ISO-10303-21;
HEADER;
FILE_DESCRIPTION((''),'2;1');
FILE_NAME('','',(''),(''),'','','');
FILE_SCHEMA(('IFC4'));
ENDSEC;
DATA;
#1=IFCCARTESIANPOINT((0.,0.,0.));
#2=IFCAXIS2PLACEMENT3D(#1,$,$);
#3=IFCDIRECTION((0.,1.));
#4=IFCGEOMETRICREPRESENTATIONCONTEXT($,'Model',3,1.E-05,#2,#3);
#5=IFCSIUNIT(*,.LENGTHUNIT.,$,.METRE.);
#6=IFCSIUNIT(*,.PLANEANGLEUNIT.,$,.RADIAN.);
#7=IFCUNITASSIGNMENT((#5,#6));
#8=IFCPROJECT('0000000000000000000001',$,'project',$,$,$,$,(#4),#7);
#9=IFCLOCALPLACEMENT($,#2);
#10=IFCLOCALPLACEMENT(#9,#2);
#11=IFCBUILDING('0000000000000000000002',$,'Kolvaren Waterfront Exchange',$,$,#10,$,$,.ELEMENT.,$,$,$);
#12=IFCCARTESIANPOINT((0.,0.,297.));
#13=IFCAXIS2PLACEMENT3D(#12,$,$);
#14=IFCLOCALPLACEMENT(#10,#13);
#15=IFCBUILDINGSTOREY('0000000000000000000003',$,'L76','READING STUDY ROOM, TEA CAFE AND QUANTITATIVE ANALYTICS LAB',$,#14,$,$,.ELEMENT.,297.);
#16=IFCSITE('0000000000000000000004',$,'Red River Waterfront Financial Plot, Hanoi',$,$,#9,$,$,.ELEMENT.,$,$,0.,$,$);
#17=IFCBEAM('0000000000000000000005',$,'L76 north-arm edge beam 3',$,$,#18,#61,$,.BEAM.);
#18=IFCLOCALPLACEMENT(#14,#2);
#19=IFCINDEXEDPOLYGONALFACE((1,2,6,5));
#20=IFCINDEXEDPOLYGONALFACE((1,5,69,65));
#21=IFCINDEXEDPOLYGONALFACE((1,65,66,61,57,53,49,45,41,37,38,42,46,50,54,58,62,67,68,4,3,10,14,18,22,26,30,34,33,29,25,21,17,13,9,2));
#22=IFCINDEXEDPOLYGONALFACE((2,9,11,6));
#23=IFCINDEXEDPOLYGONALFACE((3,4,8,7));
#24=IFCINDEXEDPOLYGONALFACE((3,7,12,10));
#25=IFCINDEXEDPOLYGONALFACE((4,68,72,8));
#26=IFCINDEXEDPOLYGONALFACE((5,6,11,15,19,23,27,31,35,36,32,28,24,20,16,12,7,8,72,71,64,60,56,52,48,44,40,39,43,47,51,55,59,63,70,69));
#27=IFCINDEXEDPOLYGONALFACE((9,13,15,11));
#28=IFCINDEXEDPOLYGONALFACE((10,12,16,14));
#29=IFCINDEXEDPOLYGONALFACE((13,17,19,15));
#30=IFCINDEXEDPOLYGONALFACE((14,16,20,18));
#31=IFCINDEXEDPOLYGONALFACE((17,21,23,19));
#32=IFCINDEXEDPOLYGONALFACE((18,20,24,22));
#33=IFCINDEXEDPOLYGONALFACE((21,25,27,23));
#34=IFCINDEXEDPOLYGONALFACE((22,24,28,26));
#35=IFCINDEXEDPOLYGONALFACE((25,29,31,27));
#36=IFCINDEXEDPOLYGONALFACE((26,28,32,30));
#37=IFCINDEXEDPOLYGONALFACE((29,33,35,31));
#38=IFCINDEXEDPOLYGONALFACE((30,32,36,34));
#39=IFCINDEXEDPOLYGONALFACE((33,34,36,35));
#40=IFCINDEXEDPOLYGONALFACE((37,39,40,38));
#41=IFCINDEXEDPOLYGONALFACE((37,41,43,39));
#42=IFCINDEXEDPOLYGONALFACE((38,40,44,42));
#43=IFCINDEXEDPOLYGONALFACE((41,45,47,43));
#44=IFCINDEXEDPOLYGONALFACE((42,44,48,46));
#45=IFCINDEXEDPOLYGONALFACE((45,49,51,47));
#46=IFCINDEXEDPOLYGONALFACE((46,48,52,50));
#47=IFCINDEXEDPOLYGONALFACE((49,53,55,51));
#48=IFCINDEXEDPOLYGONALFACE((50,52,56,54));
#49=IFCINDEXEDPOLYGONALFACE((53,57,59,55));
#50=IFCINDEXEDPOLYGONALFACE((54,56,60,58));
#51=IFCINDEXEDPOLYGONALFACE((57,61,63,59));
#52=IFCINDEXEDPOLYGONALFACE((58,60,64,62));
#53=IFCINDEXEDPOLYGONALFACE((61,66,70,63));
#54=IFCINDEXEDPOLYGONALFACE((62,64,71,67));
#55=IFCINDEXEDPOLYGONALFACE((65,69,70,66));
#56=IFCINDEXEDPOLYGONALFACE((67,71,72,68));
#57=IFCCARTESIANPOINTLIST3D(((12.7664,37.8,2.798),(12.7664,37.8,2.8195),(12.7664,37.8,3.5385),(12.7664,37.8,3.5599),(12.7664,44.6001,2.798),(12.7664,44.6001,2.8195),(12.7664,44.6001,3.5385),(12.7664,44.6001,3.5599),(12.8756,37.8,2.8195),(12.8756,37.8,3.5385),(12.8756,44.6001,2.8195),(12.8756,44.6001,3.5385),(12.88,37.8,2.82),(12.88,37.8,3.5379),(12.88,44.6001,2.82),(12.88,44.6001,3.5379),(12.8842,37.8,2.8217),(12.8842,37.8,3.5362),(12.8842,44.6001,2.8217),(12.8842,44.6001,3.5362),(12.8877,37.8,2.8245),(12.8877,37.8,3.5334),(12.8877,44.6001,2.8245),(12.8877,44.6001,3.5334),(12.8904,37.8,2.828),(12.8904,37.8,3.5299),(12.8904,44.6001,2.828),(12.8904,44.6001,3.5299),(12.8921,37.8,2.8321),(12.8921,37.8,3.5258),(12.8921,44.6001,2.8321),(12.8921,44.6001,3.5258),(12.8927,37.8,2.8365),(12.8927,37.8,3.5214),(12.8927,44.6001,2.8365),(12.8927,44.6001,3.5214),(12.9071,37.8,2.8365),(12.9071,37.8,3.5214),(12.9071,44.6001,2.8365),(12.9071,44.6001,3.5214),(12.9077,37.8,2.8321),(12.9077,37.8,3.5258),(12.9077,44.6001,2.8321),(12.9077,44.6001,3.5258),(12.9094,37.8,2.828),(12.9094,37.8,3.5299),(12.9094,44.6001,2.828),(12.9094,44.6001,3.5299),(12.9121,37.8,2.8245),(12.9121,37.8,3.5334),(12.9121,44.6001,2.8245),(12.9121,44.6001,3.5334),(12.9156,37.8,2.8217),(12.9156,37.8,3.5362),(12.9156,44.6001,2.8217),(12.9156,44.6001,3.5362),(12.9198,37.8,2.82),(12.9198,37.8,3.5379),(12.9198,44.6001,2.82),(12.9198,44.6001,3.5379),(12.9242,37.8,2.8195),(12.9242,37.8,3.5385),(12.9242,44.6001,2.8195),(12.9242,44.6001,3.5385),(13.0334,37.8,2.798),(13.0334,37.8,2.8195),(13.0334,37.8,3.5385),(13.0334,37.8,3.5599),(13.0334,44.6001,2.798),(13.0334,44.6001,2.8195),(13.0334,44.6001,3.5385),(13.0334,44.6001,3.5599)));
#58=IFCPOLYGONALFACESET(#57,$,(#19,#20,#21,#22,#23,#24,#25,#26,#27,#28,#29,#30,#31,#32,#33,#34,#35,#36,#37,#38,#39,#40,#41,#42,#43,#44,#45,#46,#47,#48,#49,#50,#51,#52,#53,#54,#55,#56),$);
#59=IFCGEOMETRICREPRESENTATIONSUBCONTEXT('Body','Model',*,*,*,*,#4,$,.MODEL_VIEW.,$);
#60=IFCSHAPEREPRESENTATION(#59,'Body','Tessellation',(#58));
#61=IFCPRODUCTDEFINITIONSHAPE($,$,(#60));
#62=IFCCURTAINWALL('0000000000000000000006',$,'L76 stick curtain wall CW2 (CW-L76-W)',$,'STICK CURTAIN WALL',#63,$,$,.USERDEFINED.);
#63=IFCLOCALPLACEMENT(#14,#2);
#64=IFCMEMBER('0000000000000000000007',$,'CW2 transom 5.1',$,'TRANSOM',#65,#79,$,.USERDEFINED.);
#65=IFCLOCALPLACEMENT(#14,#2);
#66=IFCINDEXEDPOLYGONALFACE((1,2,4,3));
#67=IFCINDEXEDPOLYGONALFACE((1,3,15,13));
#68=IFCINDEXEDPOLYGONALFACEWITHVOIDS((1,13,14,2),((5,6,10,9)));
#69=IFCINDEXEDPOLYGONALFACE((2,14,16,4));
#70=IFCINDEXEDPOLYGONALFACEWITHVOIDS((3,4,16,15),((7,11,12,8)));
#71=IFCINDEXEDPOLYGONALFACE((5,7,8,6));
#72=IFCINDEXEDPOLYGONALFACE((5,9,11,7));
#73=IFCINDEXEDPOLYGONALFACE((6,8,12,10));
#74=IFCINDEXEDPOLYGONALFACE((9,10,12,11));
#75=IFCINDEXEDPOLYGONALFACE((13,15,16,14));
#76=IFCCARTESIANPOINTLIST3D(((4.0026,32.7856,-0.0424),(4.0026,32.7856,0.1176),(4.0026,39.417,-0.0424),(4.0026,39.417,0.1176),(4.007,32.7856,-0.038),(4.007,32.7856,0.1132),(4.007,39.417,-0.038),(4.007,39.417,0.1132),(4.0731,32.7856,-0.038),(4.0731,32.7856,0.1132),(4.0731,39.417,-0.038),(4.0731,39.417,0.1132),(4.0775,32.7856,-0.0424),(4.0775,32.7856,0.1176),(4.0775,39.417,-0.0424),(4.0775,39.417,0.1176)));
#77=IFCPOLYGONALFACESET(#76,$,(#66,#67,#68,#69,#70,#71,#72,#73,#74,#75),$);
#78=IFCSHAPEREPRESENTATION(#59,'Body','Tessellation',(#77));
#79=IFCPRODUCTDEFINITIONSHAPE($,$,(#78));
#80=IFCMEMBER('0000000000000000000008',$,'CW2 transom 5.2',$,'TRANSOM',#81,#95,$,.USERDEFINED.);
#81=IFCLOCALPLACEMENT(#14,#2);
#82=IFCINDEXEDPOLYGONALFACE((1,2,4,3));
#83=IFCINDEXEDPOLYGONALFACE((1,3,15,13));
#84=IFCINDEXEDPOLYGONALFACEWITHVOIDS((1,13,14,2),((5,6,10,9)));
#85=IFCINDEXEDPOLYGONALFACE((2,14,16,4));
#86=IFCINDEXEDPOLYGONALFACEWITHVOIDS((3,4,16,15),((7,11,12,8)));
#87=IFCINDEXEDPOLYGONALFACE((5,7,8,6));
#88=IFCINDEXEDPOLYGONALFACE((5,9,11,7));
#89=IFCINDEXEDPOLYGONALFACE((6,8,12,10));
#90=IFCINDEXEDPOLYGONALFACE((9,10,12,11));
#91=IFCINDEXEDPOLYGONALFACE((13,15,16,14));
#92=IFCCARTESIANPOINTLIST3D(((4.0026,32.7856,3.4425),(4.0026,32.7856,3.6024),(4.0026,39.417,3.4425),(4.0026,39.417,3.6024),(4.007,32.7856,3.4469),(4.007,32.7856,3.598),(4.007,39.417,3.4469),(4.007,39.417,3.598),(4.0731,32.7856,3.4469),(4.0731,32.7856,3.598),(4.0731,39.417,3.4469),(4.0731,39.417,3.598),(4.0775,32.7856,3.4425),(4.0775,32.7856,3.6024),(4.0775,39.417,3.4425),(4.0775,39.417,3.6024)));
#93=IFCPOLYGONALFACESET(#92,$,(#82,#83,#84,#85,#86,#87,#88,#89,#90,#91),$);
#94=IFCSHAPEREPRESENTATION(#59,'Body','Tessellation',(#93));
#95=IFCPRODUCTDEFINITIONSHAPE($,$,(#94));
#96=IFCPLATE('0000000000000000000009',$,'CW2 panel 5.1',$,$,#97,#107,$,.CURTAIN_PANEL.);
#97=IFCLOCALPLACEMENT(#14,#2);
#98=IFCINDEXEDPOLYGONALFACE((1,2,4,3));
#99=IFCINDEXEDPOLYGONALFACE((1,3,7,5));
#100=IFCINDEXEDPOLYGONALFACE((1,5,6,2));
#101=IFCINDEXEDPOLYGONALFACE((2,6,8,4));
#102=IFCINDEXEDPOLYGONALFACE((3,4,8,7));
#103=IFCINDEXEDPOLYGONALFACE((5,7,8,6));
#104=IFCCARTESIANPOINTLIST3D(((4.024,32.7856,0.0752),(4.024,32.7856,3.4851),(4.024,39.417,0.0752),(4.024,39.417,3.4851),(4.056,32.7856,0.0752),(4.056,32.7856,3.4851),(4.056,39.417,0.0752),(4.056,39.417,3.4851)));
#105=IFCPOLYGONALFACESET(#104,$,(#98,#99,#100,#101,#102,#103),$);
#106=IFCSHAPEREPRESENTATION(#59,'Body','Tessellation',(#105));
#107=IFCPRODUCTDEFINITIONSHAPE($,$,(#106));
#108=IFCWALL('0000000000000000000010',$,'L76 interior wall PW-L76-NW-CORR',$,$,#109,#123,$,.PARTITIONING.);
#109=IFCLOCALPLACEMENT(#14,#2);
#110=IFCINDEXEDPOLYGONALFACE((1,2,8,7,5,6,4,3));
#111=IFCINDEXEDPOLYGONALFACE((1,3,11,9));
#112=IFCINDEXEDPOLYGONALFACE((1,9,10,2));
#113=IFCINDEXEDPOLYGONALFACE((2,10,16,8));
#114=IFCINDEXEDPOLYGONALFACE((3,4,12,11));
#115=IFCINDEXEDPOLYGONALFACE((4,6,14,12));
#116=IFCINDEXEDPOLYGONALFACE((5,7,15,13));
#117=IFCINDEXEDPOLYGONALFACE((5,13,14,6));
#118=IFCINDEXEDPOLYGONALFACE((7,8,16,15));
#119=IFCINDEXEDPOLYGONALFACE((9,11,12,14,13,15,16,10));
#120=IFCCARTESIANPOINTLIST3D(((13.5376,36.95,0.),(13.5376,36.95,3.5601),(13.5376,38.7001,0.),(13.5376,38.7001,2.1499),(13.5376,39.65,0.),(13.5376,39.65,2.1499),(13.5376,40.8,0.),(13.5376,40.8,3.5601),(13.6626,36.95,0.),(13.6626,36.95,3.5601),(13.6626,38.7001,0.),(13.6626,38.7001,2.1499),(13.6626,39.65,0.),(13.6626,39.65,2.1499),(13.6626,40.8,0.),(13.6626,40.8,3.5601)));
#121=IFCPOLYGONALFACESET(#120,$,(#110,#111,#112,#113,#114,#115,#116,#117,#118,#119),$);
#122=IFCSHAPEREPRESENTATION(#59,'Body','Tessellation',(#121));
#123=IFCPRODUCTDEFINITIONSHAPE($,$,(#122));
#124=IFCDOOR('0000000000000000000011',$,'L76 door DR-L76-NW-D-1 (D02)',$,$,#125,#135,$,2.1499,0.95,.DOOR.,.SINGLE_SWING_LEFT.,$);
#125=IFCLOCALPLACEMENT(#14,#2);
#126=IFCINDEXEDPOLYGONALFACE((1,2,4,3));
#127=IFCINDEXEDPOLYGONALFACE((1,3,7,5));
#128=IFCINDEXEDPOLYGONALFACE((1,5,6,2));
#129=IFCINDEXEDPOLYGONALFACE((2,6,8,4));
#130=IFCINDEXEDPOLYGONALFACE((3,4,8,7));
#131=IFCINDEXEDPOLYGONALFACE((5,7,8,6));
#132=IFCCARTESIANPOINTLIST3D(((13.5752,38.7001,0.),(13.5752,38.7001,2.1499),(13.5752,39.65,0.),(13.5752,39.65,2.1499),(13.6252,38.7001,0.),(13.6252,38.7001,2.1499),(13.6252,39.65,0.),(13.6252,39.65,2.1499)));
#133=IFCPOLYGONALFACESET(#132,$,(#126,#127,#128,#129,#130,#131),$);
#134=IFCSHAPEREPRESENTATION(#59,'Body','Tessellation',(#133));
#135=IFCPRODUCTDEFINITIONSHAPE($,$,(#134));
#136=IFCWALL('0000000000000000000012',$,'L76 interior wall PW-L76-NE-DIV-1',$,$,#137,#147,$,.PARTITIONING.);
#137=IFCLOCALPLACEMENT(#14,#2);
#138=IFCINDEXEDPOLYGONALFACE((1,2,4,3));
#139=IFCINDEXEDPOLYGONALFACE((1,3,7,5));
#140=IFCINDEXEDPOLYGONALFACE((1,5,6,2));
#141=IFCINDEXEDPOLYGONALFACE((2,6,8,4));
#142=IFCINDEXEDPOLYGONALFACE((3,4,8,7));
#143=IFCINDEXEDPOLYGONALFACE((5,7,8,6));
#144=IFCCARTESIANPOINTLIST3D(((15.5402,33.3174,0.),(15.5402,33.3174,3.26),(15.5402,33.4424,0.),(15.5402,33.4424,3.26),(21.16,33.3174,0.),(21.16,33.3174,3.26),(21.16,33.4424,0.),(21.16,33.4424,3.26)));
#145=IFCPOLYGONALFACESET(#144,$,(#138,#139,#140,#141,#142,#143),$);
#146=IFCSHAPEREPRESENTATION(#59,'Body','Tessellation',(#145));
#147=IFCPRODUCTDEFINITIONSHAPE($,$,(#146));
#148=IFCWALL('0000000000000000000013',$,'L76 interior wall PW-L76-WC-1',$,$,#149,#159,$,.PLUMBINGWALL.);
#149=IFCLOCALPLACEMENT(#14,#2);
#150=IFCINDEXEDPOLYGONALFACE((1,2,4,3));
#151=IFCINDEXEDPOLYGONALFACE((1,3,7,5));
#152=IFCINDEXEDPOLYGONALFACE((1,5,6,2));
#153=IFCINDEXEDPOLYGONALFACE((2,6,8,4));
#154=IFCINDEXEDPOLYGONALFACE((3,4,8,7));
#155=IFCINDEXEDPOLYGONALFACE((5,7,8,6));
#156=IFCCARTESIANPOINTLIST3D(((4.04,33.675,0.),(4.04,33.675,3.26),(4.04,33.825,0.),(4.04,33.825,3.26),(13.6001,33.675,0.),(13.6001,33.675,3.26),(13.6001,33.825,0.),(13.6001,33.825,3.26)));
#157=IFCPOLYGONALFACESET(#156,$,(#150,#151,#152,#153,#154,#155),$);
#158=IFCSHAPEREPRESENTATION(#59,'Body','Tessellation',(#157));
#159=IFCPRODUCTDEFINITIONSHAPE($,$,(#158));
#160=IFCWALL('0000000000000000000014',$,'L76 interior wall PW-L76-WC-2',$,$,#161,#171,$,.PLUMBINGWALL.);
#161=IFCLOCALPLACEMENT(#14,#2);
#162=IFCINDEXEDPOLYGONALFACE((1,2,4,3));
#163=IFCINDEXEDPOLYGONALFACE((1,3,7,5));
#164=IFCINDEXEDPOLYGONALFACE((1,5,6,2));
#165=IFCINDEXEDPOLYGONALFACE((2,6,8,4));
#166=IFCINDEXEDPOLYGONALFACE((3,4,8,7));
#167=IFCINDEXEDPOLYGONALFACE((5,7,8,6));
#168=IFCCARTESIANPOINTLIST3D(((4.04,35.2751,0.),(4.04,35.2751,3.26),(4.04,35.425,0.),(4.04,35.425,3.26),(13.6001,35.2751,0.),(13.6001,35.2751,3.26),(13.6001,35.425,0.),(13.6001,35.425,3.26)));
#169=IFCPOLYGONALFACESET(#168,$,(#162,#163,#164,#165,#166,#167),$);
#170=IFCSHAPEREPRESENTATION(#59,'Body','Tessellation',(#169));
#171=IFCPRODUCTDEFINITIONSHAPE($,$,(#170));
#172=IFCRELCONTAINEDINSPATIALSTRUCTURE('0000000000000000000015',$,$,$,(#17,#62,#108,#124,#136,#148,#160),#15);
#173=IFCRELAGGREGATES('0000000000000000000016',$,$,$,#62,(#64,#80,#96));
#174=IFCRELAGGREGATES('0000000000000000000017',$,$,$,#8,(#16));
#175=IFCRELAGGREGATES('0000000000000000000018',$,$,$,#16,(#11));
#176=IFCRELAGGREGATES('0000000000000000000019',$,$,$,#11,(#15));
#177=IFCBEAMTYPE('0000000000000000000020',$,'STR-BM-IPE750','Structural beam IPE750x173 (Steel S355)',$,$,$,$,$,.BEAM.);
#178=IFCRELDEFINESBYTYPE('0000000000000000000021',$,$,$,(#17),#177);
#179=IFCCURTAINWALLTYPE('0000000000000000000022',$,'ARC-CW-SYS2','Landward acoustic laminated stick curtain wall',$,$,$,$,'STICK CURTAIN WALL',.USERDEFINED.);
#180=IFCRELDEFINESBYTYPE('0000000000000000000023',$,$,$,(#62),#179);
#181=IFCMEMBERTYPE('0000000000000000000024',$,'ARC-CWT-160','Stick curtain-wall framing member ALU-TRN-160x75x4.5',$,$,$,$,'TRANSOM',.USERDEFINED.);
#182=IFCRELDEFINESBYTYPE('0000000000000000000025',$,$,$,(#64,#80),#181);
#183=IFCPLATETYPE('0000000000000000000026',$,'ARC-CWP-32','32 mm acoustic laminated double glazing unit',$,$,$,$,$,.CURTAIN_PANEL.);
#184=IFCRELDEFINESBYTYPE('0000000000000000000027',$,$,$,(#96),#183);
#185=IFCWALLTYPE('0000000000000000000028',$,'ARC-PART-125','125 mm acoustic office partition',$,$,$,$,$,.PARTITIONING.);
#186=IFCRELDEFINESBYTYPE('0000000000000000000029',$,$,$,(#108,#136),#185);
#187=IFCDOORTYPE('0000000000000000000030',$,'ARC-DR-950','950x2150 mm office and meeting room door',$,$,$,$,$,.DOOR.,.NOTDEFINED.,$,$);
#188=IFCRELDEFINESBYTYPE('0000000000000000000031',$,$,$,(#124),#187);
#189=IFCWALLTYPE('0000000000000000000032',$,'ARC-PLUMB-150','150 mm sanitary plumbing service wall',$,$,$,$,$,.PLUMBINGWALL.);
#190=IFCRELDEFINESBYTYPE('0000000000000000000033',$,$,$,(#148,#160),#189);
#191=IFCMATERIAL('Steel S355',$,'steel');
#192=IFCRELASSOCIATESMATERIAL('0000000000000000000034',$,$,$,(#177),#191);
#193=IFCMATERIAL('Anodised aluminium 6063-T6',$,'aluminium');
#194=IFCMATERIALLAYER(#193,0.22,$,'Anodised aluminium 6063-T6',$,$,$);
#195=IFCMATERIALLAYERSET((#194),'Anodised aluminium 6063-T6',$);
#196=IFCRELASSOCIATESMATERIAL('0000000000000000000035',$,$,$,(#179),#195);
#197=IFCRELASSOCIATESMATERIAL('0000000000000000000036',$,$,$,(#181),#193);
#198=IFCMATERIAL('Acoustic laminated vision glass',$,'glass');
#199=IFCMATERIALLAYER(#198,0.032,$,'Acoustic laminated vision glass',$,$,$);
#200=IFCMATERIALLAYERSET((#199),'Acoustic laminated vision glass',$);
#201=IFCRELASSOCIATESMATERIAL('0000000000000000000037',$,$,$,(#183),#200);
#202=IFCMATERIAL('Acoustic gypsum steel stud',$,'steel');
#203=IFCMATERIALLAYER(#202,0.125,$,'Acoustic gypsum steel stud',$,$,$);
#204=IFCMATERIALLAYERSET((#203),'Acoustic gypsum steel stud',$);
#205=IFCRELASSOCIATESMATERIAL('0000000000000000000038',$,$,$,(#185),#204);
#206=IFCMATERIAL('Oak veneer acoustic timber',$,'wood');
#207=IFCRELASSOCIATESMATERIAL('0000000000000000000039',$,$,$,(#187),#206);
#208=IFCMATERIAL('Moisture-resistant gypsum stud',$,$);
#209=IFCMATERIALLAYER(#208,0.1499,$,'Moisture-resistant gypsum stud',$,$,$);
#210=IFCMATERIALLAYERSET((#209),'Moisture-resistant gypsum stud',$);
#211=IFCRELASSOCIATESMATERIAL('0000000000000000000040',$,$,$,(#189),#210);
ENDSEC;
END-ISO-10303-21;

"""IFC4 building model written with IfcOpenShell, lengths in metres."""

from ifc_helpers import new_model, si_unit, direction, frame, frame_2d, origin, origin_with_axes, origin_2d, place, context, subcontext, project, spatial, rectangle, hollow_rectangle, i_section, extrude, source, transform, mapped, material, layer, layer_set, material_profile, profile_set, type_object, element, fill, aggregate, save


model = new_model("IFC4")

# Units and contexts
model_context = context("Model", 3, precision=1e-05, world=origin(), true_north=direction((0.0, 1.0)))
body_context = subcontext(model_context, "Body", "Model", "MODEL_VIEW")
ifc_project = project(units=[si_unit("LENGTHUNIT", "METRE"), si_unit("PLANEANGLEUNIT", "RADIAN")], contexts=[model_context])

# Site, building, storey
site_placement = place(None, origin())
site = spatial("IfcSite", under=ifc_project, at=site_placement, Name="Red River Waterfront Financial Plot, Hanoi", CompositionType="ELEMENT", RefElevation=0.0)
building_placement = place(site_placement, origin())
building = spatial("IfcBuilding", under=site, at=building_placement, Name="Kolvaren Waterfront Exchange", CompositionType="ELEMENT")
storey_placement = place(building_placement, frame((0.0, 0.0, 297.0)))
storey = spatial("IfcBuildingStorey", under=building, at=storey_placement, Name="L76", Description="READING STUDY ROOM, TEA CAFE AND QUANTITATIVE ANALYTICS LAB", CompositionType="ELEMENT", Elevation=297.0)

# Beam
ifc_material_1 = material(Name="Steel S355", Category="steel")
ifc_material_profile_1 = material_profile(ifc_material_1, i_section(OverallWidth=0.2671, OverallDepth=0.762, WebThickness=0.0144, FlangeThickness=0.0215, FilletRadius=0.0171, at=origin_2d()), Name="IPE750x173")
ifc_profile_set_1 = profile_set([ifc_material_profile_1], Name="Steel S355")
beam_type_1 = type_object("IfcBeamType", Name="STR-BM-IPE750", Description="Structural beam IPE750x173 (Steel S355)", PredefinedType="BEAM", material=ifc_profile_set_1)
beam_1_placement = place(storey_placement, frame((12.8999, 37.8, 3.179), z_axis=(0.0, 1.0, 0.0), x_axis=(-1.0, 0.0, 0.0)))
element("IfcBeam", 1, at=beam_1_placement, inside=storey, type_object=beam_type_1, Name="L76 north-arm edge beam 3", PredefinedType="BEAM", context=body_context, shape_type="SweptSolid", body=[
    extrude(i_section(OverallWidth=0.2671, OverallDepth=0.762, WebThickness=0.0144, FlangeThickness=0.0215, FilletRadius=0.0171, at=origin_2d()), origin(), (0.0, 0.0, 1.0), 6.8),
])

# Curtain wall, members, plate
ifc_material_2 = material(Name="Anodised aluminium 6063-T6", Category="aluminium")
ifc_layer_1 = layer(ifc_material_2, 0.22, Name="Anodised aluminium 6063-T6")
ifc_layer_set_1 = layer_set([ifc_layer_1], Name="Anodised aluminium 6063-T6")
curtain_wall_type = type_object("IfcCurtainWallType", Name="ARC-CW-SYS2", Description="Landward acoustic laminated stick curtain wall", ElementType="STICK CURTAIN WALL", PredefinedType="USERDEFINED", material=ifc_layer_set_1)
curtain_wall_placement = place(storey_placement, origin())
curtain_wall = element("IfcCurtainWall", 2, at=curtain_wall_placement, inside=storey, type_object=curtain_wall_type, Name="L76 stick curtain wall CW2 (CW-L76-W)", ObjectType="STICK CURTAIN WALL", PredefinedType="USERDEFINED")
ifc_material_profile_2 = material_profile(ifc_material_2, hollow_rectangle(XDim=0.075, YDim=0.1599, WallThickness=0.0044, at=origin_2d()), Name="ALU-TRN-160x75x4.5")
ifc_profile_set_2 = profile_set([ifc_material_profile_2], Name="Anodised aluminium 6063-T6")
member_type = type_object("IfcMemberType", Name="ARC-CWT-160", Description="Stick curtain-wall framing member ALU-TRN-160x75x4.5", ElementType="TRANSOM", PredefinedType="USERDEFINED", material=ifc_profile_set_2)
shared_shape_1 = source(origin_with_axes(), body_context, "Body", "SweptSolid", [
    extrude(hollow_rectangle(XDim=0.075, YDim=0.1599, WallThickness=0.0044, at=origin_2d()), origin(), (0.0, 0.0, 1.0), 6.6313),
])
member_1_placement = place(storey_placement, frame((4.04, 32.7856, 0.0376), z_axis=(0.0, 1.0, 0.0), x_axis=(-1.0, 0.0, 0.0)))
member_1 = element("IfcMember", 3, at=member_1_placement, type_object=member_type, Name="CW2 transom 5.1", ObjectType="TRANSOM", PredefinedType="USERDEFINED", context=body_context, shape_type="MappedRepresentation", body=[
    mapped(shared_shape_1, transform((0.0, 0.0, 0.0), x_axis=(1.0, 0.0, 0.0), y_axis=(0.0, 1.0, 0.0), z_axis=(0.0, 0.0, 1.0), scale=1.0)),
])
member_2_placement = place(storey_placement, frame((4.04, 32.7856, 3.5225), z_axis=(0.0, 1.0, 0.0), x_axis=(-1.0, 0.0, 0.0)))
member_2 = element("IfcMember", 4, at=member_2_placement, type_object=member_type, Name="CW2 transom 5.2", ObjectType="TRANSOM", PredefinedType="USERDEFINED", context=body_context, shape_type="MappedRepresentation", body=[
    mapped(shared_shape_1, transform((0.0, 0.0, 0.0), x_axis=(1.0, 0.0, 0.0), y_axis=(0.0, 1.0, 0.0), z_axis=(0.0, 0.0, 1.0), scale=1.0)),
])
ifc_material_3 = material(Name="Acoustic laminated vision glass", Category="glass")
ifc_layer_2 = layer(ifc_material_3, 0.032, Name="Acoustic laminated vision glass")
ifc_layer_set_2 = layer_set([ifc_layer_2], Name="Acoustic laminated vision glass")
plate_type = type_object("IfcPlateType", Name="ARC-CWP-32", Description="32 mm acoustic laminated double glazing unit", PredefinedType="CURTAIN_PANEL", material=ifc_layer_set_2)
shared_shape_2 = source(origin_with_axes(), body_context, "Body", "SweptSolid", [
    extrude(rectangle(XDim=6.6313, YDim=0.032, at=origin_2d()), origin(), (0.0, 0.0, 1.0), 3.4099),
])
plate_placement = place(storey_placement, frame((4.04, 36.1013, 0.0752), z_axis=(0.0, 0.0, 1.0), x_axis=(0.0, 1.0, 0.0)))
plate = element("IfcPlate", 5, at=plate_placement, type_object=plate_type, Name="CW2 panel 5.1", PredefinedType="CURTAIN_PANEL", context=body_context, shape_type="MappedRepresentation", body=[
    mapped(shared_shape_2, transform((0.0, 0.0, 0.0), x_axis=(1.0, 0.0, 0.0), y_axis=(0.0, 1.0, 0.0), z_axis=(0.0, 0.0, 1.0), scale=1.0)),
])
aggregate(curtain_wall, [member_1, member_2, plate])

# Wall, opening, door
ifc_material_4 = material(Name="Acoustic gypsum steel stud", Category="steel")
ifc_layer_3 = layer(ifc_material_4, 0.125, Name="Acoustic gypsum steel stud")
ifc_layer_set_3 = layer_set([ifc_layer_3], Name="Acoustic gypsum steel stud")
wall_type_1 = type_object("IfcWallType", Name="ARC-PART-125", Description="125 mm acoustic office partition", PredefinedType="PARTITIONING", material=ifc_layer_set_3)
wall_1_placement = place(storey_placement, frame((13.6001, 36.95, 0.0), z_axis=(0.0, 0.0, 1.0), x_axis=(0.0, 1.0, 0.0)))
wall_1 = element("IfcWall", 6, at=wall_1_placement, inside=storey, type_object=wall_type_1, Name="L76 interior wall PW-L76-NW-CORR", PredefinedType="PARTITIONING", context=body_context, shape_type="SweptSolid", body=[
    extrude(rectangle(XDim=3.8501, YDim=0.125, at=frame_2d((1.925, 0.0))), origin(), (0.0, 0.0, 1.0), 3.5601),
])
opening_placement = place(wall_1_placement, frame((1.75, 0.0, 0.0)))
opening = element("IfcOpeningElement", 7, at=opening_placement, cuts=wall_1, PredefinedType="OPENING", context=body_context, shape_type="SweptSolid", body=[
    extrude(rectangle(XDim=0.95, YDim=2.1499, at=frame_2d((0.4751, 1.075))), frame((0.0, 0.0725, 0.0), z_axis=(0.0, -1.0, 0.0), x_axis=(1.0, 0.0, 0.0)), (0.0, 0.0, 1.0), 0.145),
])
ifc_material_5 = material(Name="Oak veneer acoustic timber", Category="wood")
door_type = type_object("IfcDoorType", Name="ARC-DR-950", Description="950x2150 mm office and meeting room door", OperationType="NOTDEFINED", PredefinedType="DOOR", material=ifc_material_5)
door_placement = place(opening_placement, origin())
door = element("IfcDoor", 8, at=door_placement, inside=storey, type_object=door_type, Name="L76 door DR-L76-NW-D-1 (D02)", OperationType="SINGLE_SWING_LEFT", OverallHeight=2.1499, OverallWidth=0.95, PredefinedType="DOOR", context=body_context, shape_type="SweptSolid", body=[
    extrude(rectangle(XDim=0.95, YDim=2.1499, at=frame_2d((0.4751, 1.075))), frame((0.0, 0.0249, 0.0), z_axis=(0.0, -1.0, 0.0), x_axis=(1.0, 0.0, 0.0)), (0.0, 0.0, 1.0), 0.05),
])
fill(opening, door)

# Walls
wall_2_placement = place(storey_placement, frame((15.54, 33.3799, 0.0), z_axis=(0.0, 0.0, 1.0), x_axis=(1.0, 0.0, 0.0)))
element("IfcWall", 9, at=wall_2_placement, inside=storey, type_object=wall_type_1, Name="L76 interior wall PW-L76-NE-DIV-1", PredefinedType="PARTITIONING", context=body_context, shape_type="SweptSolid", body=[
    extrude(rectangle(XDim=5.6199, YDim=0.125, at=frame_2d((2.8101, 0.0))), origin(), (0.0, 0.0, 1.0), 3.26),
])
ifc_material_6 = material(Name="Moisture-resistant gypsum stud")
ifc_layer_4 = layer(ifc_material_6, 0.1499, Name="Moisture-resistant gypsum stud")
ifc_layer_set_4 = layer_set([ifc_layer_4], Name="Moisture-resistant gypsum stud")
wall_type_2 = type_object("IfcWallType", Name="ARC-PLUMB-150", Description="150 mm sanitary plumbing service wall", PredefinedType="PLUMBINGWALL", material=ifc_layer_set_4)
for number, where, z_axis, x_axis, name in (
    (10, (4.04, 33.75, 0.0), (0.0, 0.0, 1.0), (1.0, 0.0, 0.0), "L76 interior wall PW-L76-WC-1"),
    (11, (4.04, 35.3501, 0.0), (0.0, 0.0, 1.0), (1.0, 0.0, 0.0), "L76 interior wall PW-L76-WC-2"),
):
    element("IfcWall", number, at=place(storey_placement, frame(where, z_axis=z_axis, x_axis=x_axis)), inside=storey, type_object=wall_type_2, Name=name, PredefinedType="PLUMBINGWALL", context=body_context, shape_type="SweptSolid", body=[
        extrude(rectangle(XDim=9.5601, YDim=0.1499, at=frame_2d((4.78, 0.0))), origin(), (0.0, 0.0, 1.0), 3.26),
    ])

save(model, "model.ifc")
